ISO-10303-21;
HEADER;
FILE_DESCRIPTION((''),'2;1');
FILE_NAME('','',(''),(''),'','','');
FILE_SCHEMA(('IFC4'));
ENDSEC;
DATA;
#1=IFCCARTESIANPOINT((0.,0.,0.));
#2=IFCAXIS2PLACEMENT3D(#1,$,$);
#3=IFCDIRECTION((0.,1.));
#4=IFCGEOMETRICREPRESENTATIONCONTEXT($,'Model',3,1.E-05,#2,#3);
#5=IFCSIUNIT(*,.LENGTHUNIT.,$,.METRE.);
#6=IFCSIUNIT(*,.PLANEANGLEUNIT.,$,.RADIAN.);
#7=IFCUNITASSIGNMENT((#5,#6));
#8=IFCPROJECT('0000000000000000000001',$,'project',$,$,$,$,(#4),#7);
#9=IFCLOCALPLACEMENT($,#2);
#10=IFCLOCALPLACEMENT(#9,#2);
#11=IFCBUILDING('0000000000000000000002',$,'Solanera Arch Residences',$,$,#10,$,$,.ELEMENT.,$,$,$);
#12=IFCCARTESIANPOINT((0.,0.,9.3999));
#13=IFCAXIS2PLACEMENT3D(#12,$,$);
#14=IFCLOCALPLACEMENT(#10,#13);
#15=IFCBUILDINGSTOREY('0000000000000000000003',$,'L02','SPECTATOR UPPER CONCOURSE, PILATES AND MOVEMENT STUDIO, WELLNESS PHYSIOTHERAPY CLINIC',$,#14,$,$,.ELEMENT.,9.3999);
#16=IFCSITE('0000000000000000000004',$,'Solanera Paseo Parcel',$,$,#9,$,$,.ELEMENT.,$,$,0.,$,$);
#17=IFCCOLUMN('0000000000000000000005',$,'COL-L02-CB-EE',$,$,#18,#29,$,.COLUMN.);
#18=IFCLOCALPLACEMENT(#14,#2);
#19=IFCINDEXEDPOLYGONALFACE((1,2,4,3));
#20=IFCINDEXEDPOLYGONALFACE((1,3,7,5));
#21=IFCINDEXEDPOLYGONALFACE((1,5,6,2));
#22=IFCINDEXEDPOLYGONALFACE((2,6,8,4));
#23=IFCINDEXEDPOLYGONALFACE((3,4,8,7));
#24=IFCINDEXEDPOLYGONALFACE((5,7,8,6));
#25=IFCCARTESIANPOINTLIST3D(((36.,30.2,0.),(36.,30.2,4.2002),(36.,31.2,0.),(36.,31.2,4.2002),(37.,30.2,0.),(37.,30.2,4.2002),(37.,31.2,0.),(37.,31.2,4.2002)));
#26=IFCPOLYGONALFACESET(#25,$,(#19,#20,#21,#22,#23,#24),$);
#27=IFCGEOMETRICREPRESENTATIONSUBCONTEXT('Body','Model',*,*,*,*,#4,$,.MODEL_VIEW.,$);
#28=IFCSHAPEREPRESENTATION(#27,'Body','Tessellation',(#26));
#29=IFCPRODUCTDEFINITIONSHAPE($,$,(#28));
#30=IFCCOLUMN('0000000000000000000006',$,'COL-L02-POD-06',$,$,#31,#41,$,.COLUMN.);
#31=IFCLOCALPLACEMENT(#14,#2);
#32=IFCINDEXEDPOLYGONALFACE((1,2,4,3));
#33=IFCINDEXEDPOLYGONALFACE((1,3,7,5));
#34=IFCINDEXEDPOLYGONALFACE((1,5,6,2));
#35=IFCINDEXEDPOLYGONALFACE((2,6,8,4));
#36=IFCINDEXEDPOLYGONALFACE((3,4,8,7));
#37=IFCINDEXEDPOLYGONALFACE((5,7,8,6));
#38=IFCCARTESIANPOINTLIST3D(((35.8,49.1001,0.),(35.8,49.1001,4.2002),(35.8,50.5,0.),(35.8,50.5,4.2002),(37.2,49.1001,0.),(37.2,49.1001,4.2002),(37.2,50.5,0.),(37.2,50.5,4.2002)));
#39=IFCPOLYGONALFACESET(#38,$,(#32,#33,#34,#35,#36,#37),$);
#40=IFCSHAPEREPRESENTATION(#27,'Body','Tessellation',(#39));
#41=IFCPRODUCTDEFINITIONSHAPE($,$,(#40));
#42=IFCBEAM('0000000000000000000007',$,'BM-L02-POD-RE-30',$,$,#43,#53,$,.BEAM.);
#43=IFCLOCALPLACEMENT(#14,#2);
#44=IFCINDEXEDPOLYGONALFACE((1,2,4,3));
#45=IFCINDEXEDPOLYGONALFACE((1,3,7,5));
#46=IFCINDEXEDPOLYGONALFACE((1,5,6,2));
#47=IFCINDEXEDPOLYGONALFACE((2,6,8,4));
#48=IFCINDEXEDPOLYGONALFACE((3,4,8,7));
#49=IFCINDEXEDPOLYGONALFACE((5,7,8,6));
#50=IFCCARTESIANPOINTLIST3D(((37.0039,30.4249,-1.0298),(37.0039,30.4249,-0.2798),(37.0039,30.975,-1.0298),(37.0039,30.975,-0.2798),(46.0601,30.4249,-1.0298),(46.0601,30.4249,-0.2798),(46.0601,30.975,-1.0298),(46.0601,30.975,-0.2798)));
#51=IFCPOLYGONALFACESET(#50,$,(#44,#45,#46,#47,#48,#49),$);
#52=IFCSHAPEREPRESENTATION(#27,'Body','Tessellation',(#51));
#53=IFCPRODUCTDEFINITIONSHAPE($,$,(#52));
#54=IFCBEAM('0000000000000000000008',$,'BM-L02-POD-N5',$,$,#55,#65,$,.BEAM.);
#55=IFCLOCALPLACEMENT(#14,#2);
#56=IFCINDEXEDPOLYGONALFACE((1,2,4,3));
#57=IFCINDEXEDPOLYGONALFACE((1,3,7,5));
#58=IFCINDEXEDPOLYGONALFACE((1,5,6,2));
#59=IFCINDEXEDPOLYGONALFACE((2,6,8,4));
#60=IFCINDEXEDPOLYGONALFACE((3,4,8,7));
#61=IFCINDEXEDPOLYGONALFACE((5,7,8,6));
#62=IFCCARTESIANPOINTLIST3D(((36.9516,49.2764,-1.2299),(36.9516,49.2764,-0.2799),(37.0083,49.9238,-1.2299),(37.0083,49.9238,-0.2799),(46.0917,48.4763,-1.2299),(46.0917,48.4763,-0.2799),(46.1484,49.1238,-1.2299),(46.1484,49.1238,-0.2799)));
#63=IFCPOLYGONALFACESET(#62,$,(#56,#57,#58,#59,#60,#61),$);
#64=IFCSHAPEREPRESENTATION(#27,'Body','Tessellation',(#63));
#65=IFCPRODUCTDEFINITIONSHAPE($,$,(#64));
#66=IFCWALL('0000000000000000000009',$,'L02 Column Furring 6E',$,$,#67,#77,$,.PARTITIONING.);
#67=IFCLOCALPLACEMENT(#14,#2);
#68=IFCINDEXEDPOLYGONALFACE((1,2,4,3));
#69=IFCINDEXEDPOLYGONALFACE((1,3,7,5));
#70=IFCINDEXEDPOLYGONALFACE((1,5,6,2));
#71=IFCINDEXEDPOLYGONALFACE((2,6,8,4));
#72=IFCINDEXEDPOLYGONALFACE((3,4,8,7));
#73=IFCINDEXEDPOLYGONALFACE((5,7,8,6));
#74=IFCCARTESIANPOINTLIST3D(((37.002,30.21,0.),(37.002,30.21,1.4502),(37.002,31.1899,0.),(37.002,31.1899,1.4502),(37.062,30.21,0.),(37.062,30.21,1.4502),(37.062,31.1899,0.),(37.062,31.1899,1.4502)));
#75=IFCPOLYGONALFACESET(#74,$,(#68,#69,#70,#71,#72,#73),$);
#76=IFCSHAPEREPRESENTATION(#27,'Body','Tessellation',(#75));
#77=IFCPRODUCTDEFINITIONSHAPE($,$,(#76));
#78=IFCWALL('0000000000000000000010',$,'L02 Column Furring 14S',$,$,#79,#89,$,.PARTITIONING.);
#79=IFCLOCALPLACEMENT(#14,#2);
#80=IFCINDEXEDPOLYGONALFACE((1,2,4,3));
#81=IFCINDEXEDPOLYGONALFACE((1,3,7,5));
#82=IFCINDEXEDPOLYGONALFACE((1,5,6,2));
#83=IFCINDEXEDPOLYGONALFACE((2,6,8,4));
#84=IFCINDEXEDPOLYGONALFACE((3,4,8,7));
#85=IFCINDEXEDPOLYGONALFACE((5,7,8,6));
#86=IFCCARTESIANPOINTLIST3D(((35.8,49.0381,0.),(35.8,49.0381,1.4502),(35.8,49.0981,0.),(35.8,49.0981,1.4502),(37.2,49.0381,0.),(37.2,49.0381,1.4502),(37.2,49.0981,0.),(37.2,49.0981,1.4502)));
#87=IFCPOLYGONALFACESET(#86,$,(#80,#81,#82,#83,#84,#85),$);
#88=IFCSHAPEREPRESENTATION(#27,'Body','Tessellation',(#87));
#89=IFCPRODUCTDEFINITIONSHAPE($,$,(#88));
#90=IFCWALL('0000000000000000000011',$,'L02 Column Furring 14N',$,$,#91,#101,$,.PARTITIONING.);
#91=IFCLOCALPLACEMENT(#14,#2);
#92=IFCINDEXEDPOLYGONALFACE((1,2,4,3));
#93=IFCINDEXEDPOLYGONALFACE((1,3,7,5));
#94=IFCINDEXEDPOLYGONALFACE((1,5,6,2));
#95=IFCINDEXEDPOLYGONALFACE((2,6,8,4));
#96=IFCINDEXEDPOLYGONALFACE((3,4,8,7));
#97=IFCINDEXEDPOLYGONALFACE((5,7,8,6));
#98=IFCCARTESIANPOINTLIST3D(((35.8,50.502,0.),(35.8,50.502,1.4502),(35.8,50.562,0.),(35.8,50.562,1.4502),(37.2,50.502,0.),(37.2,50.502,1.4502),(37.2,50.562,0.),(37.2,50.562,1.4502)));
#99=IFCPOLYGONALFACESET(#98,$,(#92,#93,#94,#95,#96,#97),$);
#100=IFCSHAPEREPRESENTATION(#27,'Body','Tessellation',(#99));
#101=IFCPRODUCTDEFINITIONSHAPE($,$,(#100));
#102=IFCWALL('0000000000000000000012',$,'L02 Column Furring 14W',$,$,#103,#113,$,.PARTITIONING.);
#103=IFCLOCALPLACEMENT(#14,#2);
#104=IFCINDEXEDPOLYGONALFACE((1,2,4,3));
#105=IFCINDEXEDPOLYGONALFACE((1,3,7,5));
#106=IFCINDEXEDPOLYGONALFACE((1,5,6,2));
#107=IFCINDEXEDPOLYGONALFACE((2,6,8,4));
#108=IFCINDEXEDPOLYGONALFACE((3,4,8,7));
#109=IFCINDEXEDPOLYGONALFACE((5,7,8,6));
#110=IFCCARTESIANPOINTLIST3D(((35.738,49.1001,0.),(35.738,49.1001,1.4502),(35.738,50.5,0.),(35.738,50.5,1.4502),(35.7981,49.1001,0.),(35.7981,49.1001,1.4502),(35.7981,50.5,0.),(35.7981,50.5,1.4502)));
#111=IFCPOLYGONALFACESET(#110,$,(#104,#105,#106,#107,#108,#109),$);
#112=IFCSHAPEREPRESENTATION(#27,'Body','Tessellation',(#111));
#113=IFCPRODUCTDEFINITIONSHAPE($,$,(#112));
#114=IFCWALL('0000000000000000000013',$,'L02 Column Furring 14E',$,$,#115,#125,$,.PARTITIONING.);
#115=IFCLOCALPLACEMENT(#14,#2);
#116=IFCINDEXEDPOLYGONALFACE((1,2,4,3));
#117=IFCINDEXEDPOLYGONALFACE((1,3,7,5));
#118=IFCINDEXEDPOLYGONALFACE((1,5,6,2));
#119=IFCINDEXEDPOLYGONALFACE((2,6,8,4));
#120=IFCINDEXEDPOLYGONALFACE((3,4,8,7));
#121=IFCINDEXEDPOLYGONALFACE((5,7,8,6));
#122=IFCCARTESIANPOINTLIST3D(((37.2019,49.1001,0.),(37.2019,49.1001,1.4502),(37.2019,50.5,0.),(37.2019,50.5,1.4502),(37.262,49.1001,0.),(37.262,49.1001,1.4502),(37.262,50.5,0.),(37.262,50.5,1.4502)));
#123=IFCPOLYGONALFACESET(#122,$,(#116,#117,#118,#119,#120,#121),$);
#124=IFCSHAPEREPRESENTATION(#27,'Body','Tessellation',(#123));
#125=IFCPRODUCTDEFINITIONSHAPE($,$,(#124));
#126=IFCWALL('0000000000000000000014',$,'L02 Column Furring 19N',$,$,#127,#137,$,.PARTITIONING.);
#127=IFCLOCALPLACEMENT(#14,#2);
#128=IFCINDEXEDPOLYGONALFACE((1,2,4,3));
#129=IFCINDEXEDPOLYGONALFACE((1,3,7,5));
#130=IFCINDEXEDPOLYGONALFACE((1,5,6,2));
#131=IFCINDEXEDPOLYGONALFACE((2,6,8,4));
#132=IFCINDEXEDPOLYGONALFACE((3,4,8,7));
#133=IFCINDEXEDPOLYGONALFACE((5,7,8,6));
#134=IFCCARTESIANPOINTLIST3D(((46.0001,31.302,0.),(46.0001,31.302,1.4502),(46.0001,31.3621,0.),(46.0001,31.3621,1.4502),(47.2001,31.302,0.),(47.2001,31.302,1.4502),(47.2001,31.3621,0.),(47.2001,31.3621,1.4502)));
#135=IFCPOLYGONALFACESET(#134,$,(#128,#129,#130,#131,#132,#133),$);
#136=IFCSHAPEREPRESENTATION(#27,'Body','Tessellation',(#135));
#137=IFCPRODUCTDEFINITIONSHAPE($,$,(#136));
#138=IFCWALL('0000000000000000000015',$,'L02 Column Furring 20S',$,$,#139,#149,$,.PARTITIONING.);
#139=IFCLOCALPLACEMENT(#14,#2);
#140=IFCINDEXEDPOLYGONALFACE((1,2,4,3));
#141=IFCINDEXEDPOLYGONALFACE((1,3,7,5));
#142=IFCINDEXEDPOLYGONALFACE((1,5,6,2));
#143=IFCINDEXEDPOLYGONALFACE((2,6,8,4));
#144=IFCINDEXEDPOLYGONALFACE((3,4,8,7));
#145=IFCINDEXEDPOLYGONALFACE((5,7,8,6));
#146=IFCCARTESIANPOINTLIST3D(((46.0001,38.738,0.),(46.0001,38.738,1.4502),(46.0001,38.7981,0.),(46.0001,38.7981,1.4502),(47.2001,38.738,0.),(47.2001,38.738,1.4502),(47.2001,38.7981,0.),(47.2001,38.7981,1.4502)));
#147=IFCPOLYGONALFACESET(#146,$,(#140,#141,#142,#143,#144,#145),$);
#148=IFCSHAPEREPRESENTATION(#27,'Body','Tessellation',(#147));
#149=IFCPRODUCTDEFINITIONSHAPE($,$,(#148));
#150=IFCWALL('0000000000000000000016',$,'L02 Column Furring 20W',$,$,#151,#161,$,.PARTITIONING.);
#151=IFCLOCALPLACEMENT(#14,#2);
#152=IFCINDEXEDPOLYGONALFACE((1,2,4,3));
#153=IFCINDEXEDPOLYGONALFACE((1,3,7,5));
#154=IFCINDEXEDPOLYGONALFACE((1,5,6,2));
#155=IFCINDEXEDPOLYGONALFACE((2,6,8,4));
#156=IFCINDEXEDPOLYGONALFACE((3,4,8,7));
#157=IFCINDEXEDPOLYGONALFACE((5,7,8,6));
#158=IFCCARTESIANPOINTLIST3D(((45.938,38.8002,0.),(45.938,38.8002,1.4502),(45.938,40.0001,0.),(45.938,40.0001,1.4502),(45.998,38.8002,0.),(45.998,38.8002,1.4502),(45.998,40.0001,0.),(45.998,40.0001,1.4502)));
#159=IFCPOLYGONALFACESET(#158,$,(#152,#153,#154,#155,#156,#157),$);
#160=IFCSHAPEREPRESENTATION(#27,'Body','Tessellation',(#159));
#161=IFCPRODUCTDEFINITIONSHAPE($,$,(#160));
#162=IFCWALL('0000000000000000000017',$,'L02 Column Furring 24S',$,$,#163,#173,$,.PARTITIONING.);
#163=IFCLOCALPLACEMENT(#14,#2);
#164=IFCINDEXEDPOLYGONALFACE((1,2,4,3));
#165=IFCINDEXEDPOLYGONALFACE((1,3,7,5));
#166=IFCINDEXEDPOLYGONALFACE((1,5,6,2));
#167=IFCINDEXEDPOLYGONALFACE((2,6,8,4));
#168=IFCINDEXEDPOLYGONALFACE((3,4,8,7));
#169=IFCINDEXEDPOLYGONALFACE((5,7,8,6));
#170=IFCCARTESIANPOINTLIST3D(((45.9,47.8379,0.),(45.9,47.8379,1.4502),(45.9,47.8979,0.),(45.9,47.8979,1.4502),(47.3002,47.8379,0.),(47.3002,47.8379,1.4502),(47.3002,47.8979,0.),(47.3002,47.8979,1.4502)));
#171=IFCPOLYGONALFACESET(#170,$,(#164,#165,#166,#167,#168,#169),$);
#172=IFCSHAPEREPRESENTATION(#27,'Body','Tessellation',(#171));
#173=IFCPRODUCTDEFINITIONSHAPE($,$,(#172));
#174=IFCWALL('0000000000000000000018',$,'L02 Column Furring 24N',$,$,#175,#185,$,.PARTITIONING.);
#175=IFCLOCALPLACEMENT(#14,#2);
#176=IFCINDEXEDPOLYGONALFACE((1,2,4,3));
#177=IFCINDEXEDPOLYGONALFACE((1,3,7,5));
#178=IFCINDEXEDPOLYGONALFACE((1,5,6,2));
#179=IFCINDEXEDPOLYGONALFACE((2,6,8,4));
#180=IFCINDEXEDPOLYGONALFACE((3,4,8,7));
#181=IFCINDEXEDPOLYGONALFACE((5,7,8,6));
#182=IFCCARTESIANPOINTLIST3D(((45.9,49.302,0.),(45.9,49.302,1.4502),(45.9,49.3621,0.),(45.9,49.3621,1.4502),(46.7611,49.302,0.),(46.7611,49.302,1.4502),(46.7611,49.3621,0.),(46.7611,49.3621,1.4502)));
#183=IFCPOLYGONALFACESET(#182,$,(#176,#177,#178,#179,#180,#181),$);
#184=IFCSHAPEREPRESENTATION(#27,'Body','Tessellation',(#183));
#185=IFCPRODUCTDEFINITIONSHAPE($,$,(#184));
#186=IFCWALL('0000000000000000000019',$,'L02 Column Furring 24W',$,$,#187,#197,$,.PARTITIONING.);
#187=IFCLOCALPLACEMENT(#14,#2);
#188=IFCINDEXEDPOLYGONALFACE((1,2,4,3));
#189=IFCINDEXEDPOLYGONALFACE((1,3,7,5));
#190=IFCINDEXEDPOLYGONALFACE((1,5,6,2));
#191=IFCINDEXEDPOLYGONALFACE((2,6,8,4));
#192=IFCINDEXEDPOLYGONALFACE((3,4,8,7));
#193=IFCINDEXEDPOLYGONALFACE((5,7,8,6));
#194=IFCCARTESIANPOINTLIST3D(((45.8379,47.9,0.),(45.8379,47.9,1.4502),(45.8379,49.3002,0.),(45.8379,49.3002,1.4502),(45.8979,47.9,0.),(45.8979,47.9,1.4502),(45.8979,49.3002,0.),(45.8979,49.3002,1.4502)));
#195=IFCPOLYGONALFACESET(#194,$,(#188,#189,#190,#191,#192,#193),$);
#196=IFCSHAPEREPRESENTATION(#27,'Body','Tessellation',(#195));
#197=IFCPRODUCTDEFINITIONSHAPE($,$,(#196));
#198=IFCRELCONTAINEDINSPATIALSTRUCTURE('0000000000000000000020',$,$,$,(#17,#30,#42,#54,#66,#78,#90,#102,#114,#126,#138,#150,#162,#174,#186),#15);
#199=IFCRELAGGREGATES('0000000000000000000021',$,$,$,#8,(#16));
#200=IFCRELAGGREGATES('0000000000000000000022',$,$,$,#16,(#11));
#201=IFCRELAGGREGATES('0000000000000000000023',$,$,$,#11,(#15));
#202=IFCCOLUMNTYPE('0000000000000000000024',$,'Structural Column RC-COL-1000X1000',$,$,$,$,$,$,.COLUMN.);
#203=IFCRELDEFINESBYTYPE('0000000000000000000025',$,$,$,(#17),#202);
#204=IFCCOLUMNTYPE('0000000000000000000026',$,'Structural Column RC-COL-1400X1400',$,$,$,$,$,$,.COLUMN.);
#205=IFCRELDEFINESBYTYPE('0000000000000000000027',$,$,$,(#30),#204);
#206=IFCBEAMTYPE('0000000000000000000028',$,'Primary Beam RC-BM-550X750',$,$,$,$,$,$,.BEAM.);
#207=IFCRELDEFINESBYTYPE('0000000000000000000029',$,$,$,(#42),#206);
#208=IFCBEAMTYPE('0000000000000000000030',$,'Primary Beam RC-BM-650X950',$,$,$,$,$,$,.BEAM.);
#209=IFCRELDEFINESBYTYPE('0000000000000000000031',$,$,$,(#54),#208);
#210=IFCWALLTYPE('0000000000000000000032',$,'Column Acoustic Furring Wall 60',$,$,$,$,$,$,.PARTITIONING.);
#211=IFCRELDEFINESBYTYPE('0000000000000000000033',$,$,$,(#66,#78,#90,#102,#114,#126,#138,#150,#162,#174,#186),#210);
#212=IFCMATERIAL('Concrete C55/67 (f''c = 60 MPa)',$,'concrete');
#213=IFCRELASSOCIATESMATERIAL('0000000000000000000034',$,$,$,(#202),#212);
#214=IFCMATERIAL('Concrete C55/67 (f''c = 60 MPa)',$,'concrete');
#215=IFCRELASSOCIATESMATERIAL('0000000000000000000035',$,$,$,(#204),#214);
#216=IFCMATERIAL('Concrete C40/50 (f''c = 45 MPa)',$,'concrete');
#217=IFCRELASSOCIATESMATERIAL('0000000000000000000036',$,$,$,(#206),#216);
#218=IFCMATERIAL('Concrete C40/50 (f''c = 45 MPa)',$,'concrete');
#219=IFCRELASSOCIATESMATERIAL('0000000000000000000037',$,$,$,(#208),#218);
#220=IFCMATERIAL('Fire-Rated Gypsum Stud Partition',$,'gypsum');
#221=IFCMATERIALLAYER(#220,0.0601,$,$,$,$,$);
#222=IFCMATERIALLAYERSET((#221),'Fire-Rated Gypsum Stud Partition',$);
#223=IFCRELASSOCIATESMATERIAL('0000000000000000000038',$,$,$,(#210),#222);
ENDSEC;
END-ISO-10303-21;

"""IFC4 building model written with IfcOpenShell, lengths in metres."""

from ifc_helpers import new_model, si_unit, direction, frame, frame_2d, origin, origin_2d, place, context, subcontext, project, spatial, rectangle, extrude, material, layer, layer_set, material_profile, profile_set, type_object, element, save


model = new_model("IFC4")

# Units and contexts
model_context = context("Model", 3, precision=1e-05, world=origin(), true_north=direction((0.0, 1.0)))
body_context = subcontext(model_context, "Body", "Model", "MODEL_VIEW")
ifc_project = project(units=[si_unit("LENGTHUNIT", "METRE"), si_unit("PLANEANGLEUNIT", "RADIAN")], contexts=[model_context])

# Site, building, storey
site_placement = place(None, origin())
site = spatial("IfcSite", under=ifc_project, at=site_placement, Name="Solanera Paseo Parcel", CompositionType="ELEMENT", RefElevation=0.0)
building_placement = place(site_placement, origin())
building = spatial("IfcBuilding", under=site, at=building_placement, Name="Solanera Arch Residences", CompositionType="ELEMENT")
storey_placement = place(building_placement, frame((0.0, 0.0, 9.3999)))
storey = spatial("IfcBuildingStorey", under=building, at=storey_placement, Name="L02", Description="SPECTATOR UPPER CONCOURSE, PILATES AND MOVEMENT STUDIO, WELLNESS PHYSIOTHERAPY CLINIC", CompositionType="ELEMENT", Elevation=9.3999)

# Columns
ifc_material_1 = material(Name="Concrete C55/67 (f'c = 60 MPa)", Category="concrete")
ifc_material_profile_1 = material_profile(ifc_material_1, rectangle(XDim=1.0, YDim=1.0, at=origin_2d()))
ifc_profile_set_1 = profile_set([ifc_material_profile_1], Name="Concrete C55/67 (f'c = 60 MPa)")
column_type_1 = type_object("IfcColumnType", Name="Structural Column RC-COL-1000X1000", PredefinedType="COLUMN", material=ifc_profile_set_1)
column_1_placement = place(storey_placement, frame((36.5, 30.7, 0.0), z_axis=(0.0, 0.0, 1.0), x_axis=(1.0, 0.0, 0.0)))
element("IfcColumn", 1, at=column_1_placement, inside=storey, type_object=column_type_1, Name="COL-L02-CB-EE", PredefinedType="COLUMN", context=body_context, shape_type="SweptSolid", body=[
    extrude(rectangle(XDim=1.0, YDim=1.0, at=origin_2d()), origin(), (0.0, 0.0, 1.0), 4.2002),
])
ifc_material_2 = material(Name="Concrete C55/67 (f'c = 60 MPa)", Category="concrete")
ifc_material_profile_2 = material_profile(ifc_material_2, rectangle(XDim=1.3999, YDim=1.3999, at=origin_2d()))
ifc_profile_set_2 = profile_set([ifc_material_profile_2], Name="Concrete C55/67 (f'c = 60 MPa)")
column_type_2 = type_object("IfcColumnType", Name="Structural Column RC-COL-1400X1400", PredefinedType="COLUMN", material=ifc_profile_set_2)
column_2_placement = place(storey_placement, frame((36.5, 49.8, 0.0), z_axis=(0.0, 0.0, 1.0), x_axis=(1.0, 0.0, 0.0)))
element("IfcColumn", 2, at=column_2_placement, inside=storey, type_object=column_type_2, Name="COL-L02-POD-06", PredefinedType="COLUMN", context=body_context, shape_type="SweptSolid", body=[
    extrude(rectangle(XDim=1.3999, YDim=1.3999, at=origin_2d()), origin(), (0.0, 0.0, 1.0), 4.2002),
])

# Beams
ifc_material_3 = material(Name="Concrete C40/50 (f'c = 45 MPa)", Category="concrete")
ifc_material_profile_3 = material_profile(ifc_material_3, rectangle(XDim=0.55, YDim=0.75, at=origin_2d()))
ifc_profile_set_3 = profile_set([ifc_material_profile_3], Name="Concrete C40/50 (f'c = 45 MPa)")
beam_type_1 = type_object("IfcBeamType", Name="Primary Beam RC-BM-550X750", PredefinedType="BEAM", material=ifc_profile_set_3)
beam_1_placement = place(storey_placement, frame((37.0039, 30.7, -0.6548), z_axis=(1.0, 0.0, 0.0), x_axis=(0.0, 1.0, 0.0)))
element("IfcBeam", 3, at=beam_1_placement, inside=storey, type_object=beam_type_1, Name="BM-L02-POD-RE-30", PredefinedType="BEAM", context=body_context, shape_type="SweptSolid", body=[
    extrude(rectangle(XDim=0.55, YDim=0.75, at=origin_2d()), origin(), (0.0, 0.0, 1.0), 9.0562),
])
ifc_material_4 = material(Name="Concrete C40/50 (f'c = 45 MPa)", Category="concrete")
ifc_material_profile_4 = material_profile(ifc_material_4, rectangle(XDim=0.6499, YDim=0.95, at=origin_2d()))
ifc_profile_set_4 = profile_set([ifc_material_profile_4], Name="Concrete C40/50 (f'c = 45 MPa)")
beam_type_2 = type_object("IfcBeamType", Name="Primary Beam RC-BM-650X950", PredefinedType="BEAM", material=ifc_profile_set_4)
beam_2_placement = place(storey_placement, frame((36.98, 49.6001, -0.7549), z_axis=(0.996191, -0.087198, 0.0), x_axis=(0.087198, 0.996191, 0.0)))
element("IfcBeam", 4, at=beam_2_placement, inside=storey, type_object=beam_type_2, Name="BM-L02-POD-N5", PredefinedType="BEAM", context=body_context, shape_type="SweptSolid", body=[
    extrude(rectangle(XDim=0.6499, YDim=0.95, at=origin_2d()), origin(), (0.0, 0.0, 1.0), 9.175),
])

# Walls
ifc_material_5 = material(Name="Fire-Rated Gypsum Stud Partition", Category="gypsum")
ifc_layer_1 = layer(ifc_material_5, 0.0601)
ifc_layer_set_1 = layer_set([ifc_layer_1], Name="Fire-Rated Gypsum Stud Partition")
wall_type_1 = type_object("IfcWallType", Name="Column Acoustic Furring Wall 60", PredefinedType="PARTITIONING", material=ifc_layer_set_1)
wall_1_placement = place(storey_placement, frame((37.032, 30.21, 0.0), z_axis=(0.0, 0.0, 1.0), x_axis=(0.0, 1.0, 0.0)))
element("IfcWall", 5, at=wall_1_placement, inside=storey, type_object=wall_type_1, Name="L02 Column Furring 6E", PredefinedType="PARTITIONING", context=body_context, shape_type="SweptSolid", body=[
    extrude(rectangle(XDim=0.98, YDim=0.0601, at=frame_2d((0.49, 0.0))), origin(), (0.0, 0.0, 1.0), 1.4502),
])
for number, where, z_axis, x_axis, name in (
    (6, (35.8, 49.0681, 0.0), (0.0, 0.0, 1.0), (1.0, 0.0, 0.0), "L02 Column Furring 14S"),
    (7, (35.8, 50.532, 0.0), (0.0, 0.0, 1.0), (1.0, 0.0, 0.0), "L02 Column Furring 14N"),
    (8, (35.7681, 49.1001, 0.0), (0.0, 0.0, 1.0), (0.0, 1.0, 0.0), "L02 Column Furring 14W"),
    (9, (37.2319, 49.1001, 0.0), (0.0, 0.0, 1.0), (0.0, 1.0, 0.0), "L02 Column Furring 14E"),
):
    element("IfcWall", number, at=place(storey_placement, frame(where, z_axis=z_axis, x_axis=x_axis)), inside=storey, type_object=wall_type_1, Name=name, PredefinedType="PARTITIONING", context=body_context, shape_type="SweptSolid", body=[
        extrude(rectangle(XDim=1.3999, YDim=0.0601, at=frame_2d((0.7, 0.0))), origin(), (0.0, 0.0, 1.0), 1.4502),
    ])
for number, where, z_axis, x_axis, name in (
    (10, (46.0, 31.332, 0.0), (0.0, 0.0, 1.0), (1.0, 0.0, 0.0), "L02 Column Furring 19N"),
    (11, (46.0, 38.7681, 0.0), (0.0, 0.0, 1.0), (1.0, 0.0, 0.0), "L02 Column Furring 20S"),
    (12, (45.968, 38.8, 0.0), (0.0, 0.0, 1.0), (0.0, 1.0, 0.0), "L02 Column Furring 20W"),
):
    element("IfcWall", number, at=place(storey_placement, frame(where, z_axis=z_axis, x_axis=x_axis)), inside=storey, type_object=wall_type_1, Name=name, PredefinedType="PARTITIONING", context=body_context, shape_type="SweptSolid", body=[
        extrude(rectangle(XDim=1.2, YDim=0.0601, at=frame_2d((0.6001, 0.0))), origin(), (0.0, 0.0, 1.0), 1.4502),
    ])
wall_2_placement = place(storey_placement, frame((45.8999, 47.8679, 0.0), z_axis=(0.0, 0.0, 1.0), x_axis=(1.0, 0.0, 0.0)))
element("IfcWall", 13, at=wall_2_placement, inside=storey, type_object=wall_type_1, Name="L02 Column Furring 24S", PredefinedType="PARTITIONING", context=body_context, shape_type="SweptSolid", body=[
    extrude(rectangle(XDim=1.4001, YDim=0.0601, at=frame_2d((0.7002, 0.0))), origin(), (0.0, 0.0, 1.0), 1.4502),
])
wall_3_placement = place(storey_placement, frame((45.8999, 49.332, 0.0), z_axis=(0.0, 0.0, 1.0), x_axis=(1.0, 0.0, 0.0)))
element("IfcWall", 14, at=wall_3_placement, inside=storey, type_object=wall_type_1, Name="L02 Column Furring 24N", PredefinedType="PARTITIONING", context=body_context, shape_type="SweptSolid", body=[
    extrude(rectangle(XDim=0.8611, YDim=0.0601, at=frame_2d((0.4307, 0.0))), origin(), (0.0, 0.0, 1.0), 1.4502),
])
wall_4_placement = place(storey_placement, frame((45.8679, 47.8999, 0.0), z_axis=(0.0, 0.0, 1.0), x_axis=(0.0, 1.0, 0.0)))
element("IfcWall", 15, at=wall_4_placement, inside=storey, type_object=wall_type_1, Name="L02 Column Furring 24W", PredefinedType="PARTITIONING", context=body_context, shape_type="SweptSolid", body=[
    extrude(rectangle(XDim=1.4001, YDim=0.0601, at=frame_2d((0.7002, 0.0))), origin(), (0.0, 0.0, 1.0), 1.4502),
])

save(model, "model.ifc")
